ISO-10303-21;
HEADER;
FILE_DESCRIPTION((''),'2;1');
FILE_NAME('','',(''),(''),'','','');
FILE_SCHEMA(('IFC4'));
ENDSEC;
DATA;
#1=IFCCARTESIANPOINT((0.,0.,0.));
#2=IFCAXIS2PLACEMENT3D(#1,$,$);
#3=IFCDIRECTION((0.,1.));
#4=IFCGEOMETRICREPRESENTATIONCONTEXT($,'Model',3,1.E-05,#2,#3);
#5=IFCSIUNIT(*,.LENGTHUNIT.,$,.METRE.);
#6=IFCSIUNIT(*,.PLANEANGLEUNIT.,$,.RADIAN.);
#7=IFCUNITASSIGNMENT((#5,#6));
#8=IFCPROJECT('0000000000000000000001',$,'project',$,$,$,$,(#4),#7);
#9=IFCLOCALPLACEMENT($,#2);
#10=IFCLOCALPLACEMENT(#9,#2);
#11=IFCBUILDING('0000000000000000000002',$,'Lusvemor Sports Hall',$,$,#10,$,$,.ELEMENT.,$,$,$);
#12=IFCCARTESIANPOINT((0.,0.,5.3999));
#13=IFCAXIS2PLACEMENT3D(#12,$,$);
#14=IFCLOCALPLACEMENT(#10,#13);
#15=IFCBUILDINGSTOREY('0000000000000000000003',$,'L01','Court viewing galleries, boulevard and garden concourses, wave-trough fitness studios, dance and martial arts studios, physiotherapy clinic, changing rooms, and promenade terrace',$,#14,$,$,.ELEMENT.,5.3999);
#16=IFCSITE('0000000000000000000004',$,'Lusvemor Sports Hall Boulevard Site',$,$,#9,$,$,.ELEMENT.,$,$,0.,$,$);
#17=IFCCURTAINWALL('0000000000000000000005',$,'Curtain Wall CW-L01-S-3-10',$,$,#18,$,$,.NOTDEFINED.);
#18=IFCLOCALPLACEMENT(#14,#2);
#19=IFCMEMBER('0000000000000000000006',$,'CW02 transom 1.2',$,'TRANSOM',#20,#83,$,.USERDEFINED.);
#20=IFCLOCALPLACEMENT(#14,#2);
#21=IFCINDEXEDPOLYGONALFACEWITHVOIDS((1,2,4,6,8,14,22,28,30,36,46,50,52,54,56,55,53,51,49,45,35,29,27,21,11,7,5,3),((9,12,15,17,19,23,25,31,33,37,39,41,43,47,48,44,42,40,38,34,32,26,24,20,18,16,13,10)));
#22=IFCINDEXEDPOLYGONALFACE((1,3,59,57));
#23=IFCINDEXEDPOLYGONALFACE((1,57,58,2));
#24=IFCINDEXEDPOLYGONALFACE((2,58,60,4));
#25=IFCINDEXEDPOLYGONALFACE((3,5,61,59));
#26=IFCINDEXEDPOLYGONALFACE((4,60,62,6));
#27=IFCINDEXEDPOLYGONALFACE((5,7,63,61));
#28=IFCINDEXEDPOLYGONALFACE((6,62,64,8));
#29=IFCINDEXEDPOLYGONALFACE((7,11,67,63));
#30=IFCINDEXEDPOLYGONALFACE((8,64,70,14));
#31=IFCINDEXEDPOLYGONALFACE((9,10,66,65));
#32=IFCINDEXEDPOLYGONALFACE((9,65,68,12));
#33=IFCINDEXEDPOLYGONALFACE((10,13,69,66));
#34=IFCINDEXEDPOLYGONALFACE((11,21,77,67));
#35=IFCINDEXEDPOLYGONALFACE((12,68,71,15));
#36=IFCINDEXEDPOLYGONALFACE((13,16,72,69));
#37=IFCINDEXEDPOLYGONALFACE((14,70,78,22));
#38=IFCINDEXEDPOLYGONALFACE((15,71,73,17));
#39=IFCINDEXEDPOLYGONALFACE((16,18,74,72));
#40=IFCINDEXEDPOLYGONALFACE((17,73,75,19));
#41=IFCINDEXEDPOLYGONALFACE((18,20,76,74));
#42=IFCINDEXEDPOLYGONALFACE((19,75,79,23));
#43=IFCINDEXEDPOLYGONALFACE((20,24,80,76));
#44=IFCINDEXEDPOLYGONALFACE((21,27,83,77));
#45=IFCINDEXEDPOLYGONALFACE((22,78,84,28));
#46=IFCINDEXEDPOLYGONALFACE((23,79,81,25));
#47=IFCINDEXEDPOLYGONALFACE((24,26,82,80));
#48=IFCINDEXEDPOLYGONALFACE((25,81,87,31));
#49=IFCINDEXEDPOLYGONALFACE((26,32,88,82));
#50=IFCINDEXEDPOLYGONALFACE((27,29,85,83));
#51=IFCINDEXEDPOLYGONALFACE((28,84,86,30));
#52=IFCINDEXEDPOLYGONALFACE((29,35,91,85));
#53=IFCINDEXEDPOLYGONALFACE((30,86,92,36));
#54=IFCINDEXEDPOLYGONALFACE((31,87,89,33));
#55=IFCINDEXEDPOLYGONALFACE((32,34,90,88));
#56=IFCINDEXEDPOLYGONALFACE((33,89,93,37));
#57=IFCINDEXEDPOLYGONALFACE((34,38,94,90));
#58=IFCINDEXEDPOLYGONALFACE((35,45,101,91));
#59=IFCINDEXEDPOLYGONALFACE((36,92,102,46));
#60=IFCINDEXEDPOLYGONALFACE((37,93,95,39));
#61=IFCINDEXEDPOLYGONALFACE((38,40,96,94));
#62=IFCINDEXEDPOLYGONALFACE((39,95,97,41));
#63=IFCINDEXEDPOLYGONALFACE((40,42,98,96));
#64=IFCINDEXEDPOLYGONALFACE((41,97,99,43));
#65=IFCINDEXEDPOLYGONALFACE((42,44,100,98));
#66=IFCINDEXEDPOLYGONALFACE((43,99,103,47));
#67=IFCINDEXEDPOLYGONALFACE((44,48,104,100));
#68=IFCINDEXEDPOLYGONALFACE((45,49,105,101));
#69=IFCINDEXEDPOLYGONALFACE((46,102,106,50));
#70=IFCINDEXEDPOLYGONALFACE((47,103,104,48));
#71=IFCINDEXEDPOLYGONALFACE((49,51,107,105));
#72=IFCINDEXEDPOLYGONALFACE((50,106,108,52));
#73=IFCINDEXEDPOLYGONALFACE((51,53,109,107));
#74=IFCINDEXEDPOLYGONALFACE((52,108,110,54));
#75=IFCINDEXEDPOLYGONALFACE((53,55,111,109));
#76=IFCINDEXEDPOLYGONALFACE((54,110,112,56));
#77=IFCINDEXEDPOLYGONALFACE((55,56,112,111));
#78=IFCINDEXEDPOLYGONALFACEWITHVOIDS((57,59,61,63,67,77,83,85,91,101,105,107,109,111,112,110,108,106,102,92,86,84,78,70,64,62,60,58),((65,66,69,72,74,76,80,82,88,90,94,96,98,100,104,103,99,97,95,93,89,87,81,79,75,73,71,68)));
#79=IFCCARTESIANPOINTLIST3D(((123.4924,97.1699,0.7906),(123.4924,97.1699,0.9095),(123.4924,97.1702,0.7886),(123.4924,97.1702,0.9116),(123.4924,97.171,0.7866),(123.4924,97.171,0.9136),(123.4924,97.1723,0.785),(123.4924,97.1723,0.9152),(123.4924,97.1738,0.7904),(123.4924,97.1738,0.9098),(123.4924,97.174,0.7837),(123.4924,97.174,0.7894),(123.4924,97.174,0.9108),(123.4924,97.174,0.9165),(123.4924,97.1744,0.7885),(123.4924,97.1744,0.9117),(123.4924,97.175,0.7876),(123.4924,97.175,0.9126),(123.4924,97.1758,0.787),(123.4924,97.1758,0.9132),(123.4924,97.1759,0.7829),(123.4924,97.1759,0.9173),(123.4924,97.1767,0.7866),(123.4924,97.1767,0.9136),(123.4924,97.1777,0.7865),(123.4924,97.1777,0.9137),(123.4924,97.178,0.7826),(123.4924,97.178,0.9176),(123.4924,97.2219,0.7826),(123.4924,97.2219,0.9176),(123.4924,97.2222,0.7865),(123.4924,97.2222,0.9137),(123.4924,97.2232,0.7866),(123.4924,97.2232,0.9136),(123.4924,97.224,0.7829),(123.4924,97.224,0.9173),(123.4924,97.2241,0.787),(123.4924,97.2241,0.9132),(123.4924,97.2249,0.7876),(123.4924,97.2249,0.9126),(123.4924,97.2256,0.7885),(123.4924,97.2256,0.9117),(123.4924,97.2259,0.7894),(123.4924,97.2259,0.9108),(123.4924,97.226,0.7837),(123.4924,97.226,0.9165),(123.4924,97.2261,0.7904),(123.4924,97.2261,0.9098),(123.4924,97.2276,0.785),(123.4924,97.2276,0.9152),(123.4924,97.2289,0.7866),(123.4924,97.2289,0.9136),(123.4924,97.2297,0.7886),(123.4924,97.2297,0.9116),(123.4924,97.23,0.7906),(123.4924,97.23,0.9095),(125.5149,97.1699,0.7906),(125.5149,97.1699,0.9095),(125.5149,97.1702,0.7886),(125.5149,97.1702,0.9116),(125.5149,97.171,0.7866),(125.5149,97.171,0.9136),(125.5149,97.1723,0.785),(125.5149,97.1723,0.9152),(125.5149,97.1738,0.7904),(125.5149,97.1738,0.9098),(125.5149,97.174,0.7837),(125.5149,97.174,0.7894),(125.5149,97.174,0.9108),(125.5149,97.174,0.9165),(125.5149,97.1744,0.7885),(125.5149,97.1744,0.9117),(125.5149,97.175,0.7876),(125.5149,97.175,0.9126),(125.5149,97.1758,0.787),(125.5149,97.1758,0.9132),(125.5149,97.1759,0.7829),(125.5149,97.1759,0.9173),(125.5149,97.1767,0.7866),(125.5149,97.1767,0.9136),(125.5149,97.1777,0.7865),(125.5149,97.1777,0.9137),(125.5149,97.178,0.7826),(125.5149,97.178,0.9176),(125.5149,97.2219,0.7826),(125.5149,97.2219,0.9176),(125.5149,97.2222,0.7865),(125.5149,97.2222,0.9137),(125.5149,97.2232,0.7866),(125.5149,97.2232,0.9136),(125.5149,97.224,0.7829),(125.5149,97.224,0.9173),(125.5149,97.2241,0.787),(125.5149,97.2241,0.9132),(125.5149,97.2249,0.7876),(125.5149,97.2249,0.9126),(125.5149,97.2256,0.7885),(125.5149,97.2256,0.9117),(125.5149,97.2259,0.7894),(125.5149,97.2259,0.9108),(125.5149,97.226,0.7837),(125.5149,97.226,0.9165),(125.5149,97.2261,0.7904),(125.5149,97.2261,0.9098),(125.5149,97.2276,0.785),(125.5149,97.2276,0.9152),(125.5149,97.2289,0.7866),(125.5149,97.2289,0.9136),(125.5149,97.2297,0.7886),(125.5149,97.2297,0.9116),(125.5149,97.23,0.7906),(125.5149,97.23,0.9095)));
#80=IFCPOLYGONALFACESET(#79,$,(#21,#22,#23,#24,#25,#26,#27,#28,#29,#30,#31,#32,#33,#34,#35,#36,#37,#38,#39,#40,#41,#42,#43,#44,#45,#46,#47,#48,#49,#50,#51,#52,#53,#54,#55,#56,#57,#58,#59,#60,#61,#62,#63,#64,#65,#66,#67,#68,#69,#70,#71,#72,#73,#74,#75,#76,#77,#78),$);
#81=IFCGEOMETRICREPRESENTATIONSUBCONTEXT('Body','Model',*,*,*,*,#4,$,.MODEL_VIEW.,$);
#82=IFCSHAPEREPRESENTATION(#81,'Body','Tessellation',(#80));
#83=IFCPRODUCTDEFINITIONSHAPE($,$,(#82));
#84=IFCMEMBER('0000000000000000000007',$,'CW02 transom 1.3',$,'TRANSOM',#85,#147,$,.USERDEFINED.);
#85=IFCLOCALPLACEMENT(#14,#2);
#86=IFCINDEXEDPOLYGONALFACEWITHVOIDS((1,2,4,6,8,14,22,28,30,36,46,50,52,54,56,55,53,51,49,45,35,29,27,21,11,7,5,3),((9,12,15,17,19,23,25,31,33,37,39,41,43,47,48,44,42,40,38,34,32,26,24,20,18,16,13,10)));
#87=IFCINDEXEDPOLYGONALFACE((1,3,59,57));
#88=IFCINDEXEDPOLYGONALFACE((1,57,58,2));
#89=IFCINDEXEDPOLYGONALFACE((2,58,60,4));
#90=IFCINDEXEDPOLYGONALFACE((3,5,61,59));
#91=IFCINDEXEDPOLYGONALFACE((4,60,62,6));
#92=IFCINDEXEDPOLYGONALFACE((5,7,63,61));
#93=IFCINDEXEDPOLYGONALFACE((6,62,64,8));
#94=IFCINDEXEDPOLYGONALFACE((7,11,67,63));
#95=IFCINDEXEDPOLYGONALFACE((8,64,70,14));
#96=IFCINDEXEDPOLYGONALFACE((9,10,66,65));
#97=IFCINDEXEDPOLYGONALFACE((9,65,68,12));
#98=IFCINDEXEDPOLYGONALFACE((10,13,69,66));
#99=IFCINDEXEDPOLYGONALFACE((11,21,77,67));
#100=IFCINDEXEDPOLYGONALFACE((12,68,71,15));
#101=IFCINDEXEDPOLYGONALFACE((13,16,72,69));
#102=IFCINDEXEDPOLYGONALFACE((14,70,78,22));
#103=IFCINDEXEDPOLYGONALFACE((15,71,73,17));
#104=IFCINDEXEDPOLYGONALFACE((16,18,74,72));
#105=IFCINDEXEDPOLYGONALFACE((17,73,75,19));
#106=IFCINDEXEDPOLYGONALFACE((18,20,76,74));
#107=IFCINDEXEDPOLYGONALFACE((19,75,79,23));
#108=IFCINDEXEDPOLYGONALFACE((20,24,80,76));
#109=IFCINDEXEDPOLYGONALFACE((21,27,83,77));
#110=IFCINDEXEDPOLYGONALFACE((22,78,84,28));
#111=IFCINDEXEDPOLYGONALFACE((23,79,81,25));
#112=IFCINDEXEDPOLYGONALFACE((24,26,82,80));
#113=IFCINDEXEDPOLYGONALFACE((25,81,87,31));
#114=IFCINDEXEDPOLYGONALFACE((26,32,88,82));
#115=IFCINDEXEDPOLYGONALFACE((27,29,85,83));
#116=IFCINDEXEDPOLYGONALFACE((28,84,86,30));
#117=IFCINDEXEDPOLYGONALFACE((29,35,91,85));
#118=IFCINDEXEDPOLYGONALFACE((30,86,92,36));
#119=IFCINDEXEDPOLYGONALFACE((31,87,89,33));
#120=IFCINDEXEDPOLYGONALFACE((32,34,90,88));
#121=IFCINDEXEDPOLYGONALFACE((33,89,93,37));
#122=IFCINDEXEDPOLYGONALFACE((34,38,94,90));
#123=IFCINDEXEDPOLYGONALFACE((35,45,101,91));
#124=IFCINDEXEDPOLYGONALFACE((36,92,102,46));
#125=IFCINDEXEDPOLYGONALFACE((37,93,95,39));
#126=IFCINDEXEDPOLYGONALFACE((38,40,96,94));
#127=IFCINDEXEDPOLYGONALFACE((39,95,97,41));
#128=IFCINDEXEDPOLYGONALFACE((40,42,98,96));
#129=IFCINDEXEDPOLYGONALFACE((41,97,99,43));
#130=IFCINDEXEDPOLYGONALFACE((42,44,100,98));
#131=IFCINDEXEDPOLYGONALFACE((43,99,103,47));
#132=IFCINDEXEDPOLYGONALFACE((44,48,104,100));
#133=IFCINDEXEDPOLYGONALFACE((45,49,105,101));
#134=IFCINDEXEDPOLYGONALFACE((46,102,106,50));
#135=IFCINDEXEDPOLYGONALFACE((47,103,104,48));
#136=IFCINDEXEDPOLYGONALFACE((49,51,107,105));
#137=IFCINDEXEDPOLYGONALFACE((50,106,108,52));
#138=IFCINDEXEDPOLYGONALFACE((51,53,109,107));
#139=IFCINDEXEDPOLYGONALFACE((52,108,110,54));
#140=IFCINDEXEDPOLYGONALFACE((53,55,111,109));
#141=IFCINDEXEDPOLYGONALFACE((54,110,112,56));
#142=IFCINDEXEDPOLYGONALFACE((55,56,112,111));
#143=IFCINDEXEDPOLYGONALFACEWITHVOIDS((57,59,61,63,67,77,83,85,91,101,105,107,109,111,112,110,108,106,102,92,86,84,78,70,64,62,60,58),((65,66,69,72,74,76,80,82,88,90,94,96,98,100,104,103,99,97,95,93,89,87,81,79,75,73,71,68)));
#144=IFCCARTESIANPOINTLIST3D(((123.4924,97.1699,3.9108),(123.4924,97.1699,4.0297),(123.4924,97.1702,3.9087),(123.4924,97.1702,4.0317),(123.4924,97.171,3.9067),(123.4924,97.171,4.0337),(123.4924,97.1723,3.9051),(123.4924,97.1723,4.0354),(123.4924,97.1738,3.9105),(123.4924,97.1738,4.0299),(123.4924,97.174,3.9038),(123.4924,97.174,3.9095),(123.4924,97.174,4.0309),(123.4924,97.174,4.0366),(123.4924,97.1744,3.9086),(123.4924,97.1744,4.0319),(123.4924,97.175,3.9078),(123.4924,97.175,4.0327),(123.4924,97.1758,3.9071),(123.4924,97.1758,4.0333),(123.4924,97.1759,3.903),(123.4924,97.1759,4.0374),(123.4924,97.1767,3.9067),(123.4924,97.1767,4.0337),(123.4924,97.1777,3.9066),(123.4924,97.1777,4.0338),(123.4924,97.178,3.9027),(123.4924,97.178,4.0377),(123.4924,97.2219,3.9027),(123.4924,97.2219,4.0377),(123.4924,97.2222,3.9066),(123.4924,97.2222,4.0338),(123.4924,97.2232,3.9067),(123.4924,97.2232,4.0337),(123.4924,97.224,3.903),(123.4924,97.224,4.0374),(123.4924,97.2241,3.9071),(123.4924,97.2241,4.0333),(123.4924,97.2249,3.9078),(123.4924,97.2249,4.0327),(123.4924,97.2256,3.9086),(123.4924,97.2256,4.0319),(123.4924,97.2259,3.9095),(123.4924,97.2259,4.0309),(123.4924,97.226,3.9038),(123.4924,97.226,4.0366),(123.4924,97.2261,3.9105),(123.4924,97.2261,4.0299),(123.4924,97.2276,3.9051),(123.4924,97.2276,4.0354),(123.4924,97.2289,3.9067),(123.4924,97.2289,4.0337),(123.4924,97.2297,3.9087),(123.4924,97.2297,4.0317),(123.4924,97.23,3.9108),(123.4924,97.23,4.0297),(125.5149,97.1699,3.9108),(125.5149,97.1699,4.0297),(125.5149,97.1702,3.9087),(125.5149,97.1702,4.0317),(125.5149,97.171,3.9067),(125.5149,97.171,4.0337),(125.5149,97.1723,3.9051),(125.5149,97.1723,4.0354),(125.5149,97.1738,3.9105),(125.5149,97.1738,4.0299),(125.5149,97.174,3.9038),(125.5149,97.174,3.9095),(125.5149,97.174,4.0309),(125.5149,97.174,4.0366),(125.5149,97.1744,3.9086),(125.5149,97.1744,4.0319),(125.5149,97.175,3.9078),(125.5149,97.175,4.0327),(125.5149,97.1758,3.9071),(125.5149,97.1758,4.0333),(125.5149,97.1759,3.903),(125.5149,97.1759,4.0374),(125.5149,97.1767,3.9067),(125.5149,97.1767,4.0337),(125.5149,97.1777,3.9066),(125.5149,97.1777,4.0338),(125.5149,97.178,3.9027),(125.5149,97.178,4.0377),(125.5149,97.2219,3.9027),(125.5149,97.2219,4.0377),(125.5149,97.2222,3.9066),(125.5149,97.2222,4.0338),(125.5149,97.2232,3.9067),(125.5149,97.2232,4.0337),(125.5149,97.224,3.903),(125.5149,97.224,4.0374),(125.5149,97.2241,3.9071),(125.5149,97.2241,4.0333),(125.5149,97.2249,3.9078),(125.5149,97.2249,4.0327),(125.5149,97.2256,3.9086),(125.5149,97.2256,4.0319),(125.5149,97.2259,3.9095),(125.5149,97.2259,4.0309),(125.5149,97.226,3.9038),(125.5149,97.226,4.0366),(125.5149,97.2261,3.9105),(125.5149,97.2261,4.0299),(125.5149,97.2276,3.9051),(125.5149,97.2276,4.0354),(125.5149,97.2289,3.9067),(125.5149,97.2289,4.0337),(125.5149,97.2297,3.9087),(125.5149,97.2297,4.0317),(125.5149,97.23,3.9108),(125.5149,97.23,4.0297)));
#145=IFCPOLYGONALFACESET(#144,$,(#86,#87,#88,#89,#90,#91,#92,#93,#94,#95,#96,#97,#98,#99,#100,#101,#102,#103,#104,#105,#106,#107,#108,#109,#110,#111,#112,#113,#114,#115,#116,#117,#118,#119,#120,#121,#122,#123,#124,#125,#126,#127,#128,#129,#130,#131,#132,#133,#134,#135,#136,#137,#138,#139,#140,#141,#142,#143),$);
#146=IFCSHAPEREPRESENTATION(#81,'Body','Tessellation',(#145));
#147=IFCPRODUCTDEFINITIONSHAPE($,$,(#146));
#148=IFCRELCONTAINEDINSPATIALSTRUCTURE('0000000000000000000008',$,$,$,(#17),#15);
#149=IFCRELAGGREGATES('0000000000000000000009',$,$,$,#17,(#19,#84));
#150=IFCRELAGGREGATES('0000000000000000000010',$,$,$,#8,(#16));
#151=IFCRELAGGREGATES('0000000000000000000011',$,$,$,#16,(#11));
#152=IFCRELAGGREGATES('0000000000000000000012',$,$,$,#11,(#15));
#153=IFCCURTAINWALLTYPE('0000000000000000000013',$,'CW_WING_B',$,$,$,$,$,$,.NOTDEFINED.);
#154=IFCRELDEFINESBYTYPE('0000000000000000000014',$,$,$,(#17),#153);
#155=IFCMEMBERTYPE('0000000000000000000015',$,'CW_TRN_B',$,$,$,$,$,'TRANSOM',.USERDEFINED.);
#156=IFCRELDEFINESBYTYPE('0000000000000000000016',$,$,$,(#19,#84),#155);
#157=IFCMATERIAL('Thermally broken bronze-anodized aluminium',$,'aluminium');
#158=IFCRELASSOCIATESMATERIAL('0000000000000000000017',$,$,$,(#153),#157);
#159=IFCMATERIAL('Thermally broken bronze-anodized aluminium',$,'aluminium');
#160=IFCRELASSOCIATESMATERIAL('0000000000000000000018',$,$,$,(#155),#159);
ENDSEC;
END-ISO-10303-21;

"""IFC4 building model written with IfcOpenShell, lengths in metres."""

from ifc_helpers import new_model, si_unit, direction, frame, origin, origin_2d, place, context, subcontext, project, spatial, hollow_rectangle, extrude, material, material_profile, profile_set, type_object, element, aggregate, save


model = new_model("IFC4")

# Units and contexts
model_context = context("Model", 3, precision=1e-05, world=origin(), true_north=direction((0.0, 1.0)))
body_context = subcontext(model_context, "Body", "Model", "MODEL_VIEW")
ifc_project = project(units=[si_unit("LENGTHUNIT", "METRE"), si_unit("PLANEANGLEUNIT", "RADIAN")], contexts=[model_context])

# Site, building, storey
site_placement = place(None, origin())
site = spatial("IfcSite", under=ifc_project, at=site_placement, Name="Lusvemor Sports Hall Boulevard Site", CompositionType="ELEMENT", RefElevation=0.0)
building_placement = place(site_placement, origin())
building = spatial("IfcBuilding", under=site, at=building_placement, Name="Lusvemor Sports Hall", CompositionType="ELEMENT")
storey_placement = place(building_placement, frame((0.0, 0.0, 5.3999)))
storey = spatial("IfcBuildingStorey", under=building, at=storey_placement, Name="L01", Description="Court viewing galleries, boulevard and garden concourses, wave-trough fitness studios, dance and martial arts studios, physiotherapy clinic, changing rooms, and promenade terrace", CompositionType="ELEMENT", Elevation=5.3999)

# Curtain wall, members
ifc_material_1 = material(Name="Thermally broken bronze-anodized aluminium", Category="aluminium")
curtain_wall_type = type_object("IfcCurtainWallType", Name="CW_WING_B", PredefinedType="NOTDEFINED", material=ifc_material_1)
curtain_wall_placement = place(storey_placement, origin())
curtain_wall = element("IfcCurtainWall", 1, at=curtain_wall_placement, inside=storey, type_object=curtain_wall_type, Name="Curtain Wall CW-L01-S-3-10", PredefinedType="NOTDEFINED")
ifc_material_2 = material(Name="Thermally broken bronze-anodized aluminium", Category="aluminium")
ifc_material_profile_1 = material_profile(ifc_material_2, hollow_rectangle(XDim=0.0601, YDim=0.135, WallThickness=0.0039, InnerFilletRadius=0.0039, OuterFilletRadius=0.0081, at=origin_2d()), Name="CWTRN135x60x4")
ifc_profile_set_1 = profile_set([ifc_material_profile_1], Name="Thermally broken bronze-anodized aluminium")
member_type_1 = type_object("IfcMemberType", Name="CW_TRN_B", ElementType="TRANSOM", PredefinedType="USERDEFINED", material=ifc_profile_set_1)
member_1_placement = place(storey_placement, frame((125.5149, 97.2, 0.8501), z_axis=(-1.0, 0.0, 0.0), x_axis=(0.0, -1.0, 0.0)))
member_1 = element("IfcMember", 2, at=member_1_placement, type_object=member_type_1, Name="CW02 transom 1.2", ObjectType="TRANSOM", PredefinedType="USERDEFINED", context=body_context, shape_type="SweptSolid", body=[
    extrude(hollow_rectangle(XDim=0.0601, YDim=0.135, WallThickness=0.0039, InnerFilletRadius=0.0039, OuterFilletRadius=0.0081, at=origin_2d()), origin(), (0.0, 0.0, 1.0), 2.0225),
])
member_2_placement = place(storey_placement, frame((125.5149, 97.2, 3.9702), z_axis=(-1.0, 0.0, 0.0), x_axis=(0.0, -1.0, 0.0)))
member_2 = element("IfcMember", 3, at=member_2_placement, type_object=member_type_1, Name="CW02 transom 1.3", ObjectType="TRANSOM", PredefinedType="USERDEFINED", context=body_context, shape_type="SweptSolid", body=[
    extrude(hollow_rectangle(XDim=0.0601, YDim=0.135, WallThickness=0.0039, InnerFilletRadius=0.0039, OuterFilletRadius=0.0081, at=origin_2d()), origin(), (0.0, 0.0, 1.0), 2.0225),
])

aggregate(curtain_wall, [member_1, member_2])

save(model, "model.ifc")
